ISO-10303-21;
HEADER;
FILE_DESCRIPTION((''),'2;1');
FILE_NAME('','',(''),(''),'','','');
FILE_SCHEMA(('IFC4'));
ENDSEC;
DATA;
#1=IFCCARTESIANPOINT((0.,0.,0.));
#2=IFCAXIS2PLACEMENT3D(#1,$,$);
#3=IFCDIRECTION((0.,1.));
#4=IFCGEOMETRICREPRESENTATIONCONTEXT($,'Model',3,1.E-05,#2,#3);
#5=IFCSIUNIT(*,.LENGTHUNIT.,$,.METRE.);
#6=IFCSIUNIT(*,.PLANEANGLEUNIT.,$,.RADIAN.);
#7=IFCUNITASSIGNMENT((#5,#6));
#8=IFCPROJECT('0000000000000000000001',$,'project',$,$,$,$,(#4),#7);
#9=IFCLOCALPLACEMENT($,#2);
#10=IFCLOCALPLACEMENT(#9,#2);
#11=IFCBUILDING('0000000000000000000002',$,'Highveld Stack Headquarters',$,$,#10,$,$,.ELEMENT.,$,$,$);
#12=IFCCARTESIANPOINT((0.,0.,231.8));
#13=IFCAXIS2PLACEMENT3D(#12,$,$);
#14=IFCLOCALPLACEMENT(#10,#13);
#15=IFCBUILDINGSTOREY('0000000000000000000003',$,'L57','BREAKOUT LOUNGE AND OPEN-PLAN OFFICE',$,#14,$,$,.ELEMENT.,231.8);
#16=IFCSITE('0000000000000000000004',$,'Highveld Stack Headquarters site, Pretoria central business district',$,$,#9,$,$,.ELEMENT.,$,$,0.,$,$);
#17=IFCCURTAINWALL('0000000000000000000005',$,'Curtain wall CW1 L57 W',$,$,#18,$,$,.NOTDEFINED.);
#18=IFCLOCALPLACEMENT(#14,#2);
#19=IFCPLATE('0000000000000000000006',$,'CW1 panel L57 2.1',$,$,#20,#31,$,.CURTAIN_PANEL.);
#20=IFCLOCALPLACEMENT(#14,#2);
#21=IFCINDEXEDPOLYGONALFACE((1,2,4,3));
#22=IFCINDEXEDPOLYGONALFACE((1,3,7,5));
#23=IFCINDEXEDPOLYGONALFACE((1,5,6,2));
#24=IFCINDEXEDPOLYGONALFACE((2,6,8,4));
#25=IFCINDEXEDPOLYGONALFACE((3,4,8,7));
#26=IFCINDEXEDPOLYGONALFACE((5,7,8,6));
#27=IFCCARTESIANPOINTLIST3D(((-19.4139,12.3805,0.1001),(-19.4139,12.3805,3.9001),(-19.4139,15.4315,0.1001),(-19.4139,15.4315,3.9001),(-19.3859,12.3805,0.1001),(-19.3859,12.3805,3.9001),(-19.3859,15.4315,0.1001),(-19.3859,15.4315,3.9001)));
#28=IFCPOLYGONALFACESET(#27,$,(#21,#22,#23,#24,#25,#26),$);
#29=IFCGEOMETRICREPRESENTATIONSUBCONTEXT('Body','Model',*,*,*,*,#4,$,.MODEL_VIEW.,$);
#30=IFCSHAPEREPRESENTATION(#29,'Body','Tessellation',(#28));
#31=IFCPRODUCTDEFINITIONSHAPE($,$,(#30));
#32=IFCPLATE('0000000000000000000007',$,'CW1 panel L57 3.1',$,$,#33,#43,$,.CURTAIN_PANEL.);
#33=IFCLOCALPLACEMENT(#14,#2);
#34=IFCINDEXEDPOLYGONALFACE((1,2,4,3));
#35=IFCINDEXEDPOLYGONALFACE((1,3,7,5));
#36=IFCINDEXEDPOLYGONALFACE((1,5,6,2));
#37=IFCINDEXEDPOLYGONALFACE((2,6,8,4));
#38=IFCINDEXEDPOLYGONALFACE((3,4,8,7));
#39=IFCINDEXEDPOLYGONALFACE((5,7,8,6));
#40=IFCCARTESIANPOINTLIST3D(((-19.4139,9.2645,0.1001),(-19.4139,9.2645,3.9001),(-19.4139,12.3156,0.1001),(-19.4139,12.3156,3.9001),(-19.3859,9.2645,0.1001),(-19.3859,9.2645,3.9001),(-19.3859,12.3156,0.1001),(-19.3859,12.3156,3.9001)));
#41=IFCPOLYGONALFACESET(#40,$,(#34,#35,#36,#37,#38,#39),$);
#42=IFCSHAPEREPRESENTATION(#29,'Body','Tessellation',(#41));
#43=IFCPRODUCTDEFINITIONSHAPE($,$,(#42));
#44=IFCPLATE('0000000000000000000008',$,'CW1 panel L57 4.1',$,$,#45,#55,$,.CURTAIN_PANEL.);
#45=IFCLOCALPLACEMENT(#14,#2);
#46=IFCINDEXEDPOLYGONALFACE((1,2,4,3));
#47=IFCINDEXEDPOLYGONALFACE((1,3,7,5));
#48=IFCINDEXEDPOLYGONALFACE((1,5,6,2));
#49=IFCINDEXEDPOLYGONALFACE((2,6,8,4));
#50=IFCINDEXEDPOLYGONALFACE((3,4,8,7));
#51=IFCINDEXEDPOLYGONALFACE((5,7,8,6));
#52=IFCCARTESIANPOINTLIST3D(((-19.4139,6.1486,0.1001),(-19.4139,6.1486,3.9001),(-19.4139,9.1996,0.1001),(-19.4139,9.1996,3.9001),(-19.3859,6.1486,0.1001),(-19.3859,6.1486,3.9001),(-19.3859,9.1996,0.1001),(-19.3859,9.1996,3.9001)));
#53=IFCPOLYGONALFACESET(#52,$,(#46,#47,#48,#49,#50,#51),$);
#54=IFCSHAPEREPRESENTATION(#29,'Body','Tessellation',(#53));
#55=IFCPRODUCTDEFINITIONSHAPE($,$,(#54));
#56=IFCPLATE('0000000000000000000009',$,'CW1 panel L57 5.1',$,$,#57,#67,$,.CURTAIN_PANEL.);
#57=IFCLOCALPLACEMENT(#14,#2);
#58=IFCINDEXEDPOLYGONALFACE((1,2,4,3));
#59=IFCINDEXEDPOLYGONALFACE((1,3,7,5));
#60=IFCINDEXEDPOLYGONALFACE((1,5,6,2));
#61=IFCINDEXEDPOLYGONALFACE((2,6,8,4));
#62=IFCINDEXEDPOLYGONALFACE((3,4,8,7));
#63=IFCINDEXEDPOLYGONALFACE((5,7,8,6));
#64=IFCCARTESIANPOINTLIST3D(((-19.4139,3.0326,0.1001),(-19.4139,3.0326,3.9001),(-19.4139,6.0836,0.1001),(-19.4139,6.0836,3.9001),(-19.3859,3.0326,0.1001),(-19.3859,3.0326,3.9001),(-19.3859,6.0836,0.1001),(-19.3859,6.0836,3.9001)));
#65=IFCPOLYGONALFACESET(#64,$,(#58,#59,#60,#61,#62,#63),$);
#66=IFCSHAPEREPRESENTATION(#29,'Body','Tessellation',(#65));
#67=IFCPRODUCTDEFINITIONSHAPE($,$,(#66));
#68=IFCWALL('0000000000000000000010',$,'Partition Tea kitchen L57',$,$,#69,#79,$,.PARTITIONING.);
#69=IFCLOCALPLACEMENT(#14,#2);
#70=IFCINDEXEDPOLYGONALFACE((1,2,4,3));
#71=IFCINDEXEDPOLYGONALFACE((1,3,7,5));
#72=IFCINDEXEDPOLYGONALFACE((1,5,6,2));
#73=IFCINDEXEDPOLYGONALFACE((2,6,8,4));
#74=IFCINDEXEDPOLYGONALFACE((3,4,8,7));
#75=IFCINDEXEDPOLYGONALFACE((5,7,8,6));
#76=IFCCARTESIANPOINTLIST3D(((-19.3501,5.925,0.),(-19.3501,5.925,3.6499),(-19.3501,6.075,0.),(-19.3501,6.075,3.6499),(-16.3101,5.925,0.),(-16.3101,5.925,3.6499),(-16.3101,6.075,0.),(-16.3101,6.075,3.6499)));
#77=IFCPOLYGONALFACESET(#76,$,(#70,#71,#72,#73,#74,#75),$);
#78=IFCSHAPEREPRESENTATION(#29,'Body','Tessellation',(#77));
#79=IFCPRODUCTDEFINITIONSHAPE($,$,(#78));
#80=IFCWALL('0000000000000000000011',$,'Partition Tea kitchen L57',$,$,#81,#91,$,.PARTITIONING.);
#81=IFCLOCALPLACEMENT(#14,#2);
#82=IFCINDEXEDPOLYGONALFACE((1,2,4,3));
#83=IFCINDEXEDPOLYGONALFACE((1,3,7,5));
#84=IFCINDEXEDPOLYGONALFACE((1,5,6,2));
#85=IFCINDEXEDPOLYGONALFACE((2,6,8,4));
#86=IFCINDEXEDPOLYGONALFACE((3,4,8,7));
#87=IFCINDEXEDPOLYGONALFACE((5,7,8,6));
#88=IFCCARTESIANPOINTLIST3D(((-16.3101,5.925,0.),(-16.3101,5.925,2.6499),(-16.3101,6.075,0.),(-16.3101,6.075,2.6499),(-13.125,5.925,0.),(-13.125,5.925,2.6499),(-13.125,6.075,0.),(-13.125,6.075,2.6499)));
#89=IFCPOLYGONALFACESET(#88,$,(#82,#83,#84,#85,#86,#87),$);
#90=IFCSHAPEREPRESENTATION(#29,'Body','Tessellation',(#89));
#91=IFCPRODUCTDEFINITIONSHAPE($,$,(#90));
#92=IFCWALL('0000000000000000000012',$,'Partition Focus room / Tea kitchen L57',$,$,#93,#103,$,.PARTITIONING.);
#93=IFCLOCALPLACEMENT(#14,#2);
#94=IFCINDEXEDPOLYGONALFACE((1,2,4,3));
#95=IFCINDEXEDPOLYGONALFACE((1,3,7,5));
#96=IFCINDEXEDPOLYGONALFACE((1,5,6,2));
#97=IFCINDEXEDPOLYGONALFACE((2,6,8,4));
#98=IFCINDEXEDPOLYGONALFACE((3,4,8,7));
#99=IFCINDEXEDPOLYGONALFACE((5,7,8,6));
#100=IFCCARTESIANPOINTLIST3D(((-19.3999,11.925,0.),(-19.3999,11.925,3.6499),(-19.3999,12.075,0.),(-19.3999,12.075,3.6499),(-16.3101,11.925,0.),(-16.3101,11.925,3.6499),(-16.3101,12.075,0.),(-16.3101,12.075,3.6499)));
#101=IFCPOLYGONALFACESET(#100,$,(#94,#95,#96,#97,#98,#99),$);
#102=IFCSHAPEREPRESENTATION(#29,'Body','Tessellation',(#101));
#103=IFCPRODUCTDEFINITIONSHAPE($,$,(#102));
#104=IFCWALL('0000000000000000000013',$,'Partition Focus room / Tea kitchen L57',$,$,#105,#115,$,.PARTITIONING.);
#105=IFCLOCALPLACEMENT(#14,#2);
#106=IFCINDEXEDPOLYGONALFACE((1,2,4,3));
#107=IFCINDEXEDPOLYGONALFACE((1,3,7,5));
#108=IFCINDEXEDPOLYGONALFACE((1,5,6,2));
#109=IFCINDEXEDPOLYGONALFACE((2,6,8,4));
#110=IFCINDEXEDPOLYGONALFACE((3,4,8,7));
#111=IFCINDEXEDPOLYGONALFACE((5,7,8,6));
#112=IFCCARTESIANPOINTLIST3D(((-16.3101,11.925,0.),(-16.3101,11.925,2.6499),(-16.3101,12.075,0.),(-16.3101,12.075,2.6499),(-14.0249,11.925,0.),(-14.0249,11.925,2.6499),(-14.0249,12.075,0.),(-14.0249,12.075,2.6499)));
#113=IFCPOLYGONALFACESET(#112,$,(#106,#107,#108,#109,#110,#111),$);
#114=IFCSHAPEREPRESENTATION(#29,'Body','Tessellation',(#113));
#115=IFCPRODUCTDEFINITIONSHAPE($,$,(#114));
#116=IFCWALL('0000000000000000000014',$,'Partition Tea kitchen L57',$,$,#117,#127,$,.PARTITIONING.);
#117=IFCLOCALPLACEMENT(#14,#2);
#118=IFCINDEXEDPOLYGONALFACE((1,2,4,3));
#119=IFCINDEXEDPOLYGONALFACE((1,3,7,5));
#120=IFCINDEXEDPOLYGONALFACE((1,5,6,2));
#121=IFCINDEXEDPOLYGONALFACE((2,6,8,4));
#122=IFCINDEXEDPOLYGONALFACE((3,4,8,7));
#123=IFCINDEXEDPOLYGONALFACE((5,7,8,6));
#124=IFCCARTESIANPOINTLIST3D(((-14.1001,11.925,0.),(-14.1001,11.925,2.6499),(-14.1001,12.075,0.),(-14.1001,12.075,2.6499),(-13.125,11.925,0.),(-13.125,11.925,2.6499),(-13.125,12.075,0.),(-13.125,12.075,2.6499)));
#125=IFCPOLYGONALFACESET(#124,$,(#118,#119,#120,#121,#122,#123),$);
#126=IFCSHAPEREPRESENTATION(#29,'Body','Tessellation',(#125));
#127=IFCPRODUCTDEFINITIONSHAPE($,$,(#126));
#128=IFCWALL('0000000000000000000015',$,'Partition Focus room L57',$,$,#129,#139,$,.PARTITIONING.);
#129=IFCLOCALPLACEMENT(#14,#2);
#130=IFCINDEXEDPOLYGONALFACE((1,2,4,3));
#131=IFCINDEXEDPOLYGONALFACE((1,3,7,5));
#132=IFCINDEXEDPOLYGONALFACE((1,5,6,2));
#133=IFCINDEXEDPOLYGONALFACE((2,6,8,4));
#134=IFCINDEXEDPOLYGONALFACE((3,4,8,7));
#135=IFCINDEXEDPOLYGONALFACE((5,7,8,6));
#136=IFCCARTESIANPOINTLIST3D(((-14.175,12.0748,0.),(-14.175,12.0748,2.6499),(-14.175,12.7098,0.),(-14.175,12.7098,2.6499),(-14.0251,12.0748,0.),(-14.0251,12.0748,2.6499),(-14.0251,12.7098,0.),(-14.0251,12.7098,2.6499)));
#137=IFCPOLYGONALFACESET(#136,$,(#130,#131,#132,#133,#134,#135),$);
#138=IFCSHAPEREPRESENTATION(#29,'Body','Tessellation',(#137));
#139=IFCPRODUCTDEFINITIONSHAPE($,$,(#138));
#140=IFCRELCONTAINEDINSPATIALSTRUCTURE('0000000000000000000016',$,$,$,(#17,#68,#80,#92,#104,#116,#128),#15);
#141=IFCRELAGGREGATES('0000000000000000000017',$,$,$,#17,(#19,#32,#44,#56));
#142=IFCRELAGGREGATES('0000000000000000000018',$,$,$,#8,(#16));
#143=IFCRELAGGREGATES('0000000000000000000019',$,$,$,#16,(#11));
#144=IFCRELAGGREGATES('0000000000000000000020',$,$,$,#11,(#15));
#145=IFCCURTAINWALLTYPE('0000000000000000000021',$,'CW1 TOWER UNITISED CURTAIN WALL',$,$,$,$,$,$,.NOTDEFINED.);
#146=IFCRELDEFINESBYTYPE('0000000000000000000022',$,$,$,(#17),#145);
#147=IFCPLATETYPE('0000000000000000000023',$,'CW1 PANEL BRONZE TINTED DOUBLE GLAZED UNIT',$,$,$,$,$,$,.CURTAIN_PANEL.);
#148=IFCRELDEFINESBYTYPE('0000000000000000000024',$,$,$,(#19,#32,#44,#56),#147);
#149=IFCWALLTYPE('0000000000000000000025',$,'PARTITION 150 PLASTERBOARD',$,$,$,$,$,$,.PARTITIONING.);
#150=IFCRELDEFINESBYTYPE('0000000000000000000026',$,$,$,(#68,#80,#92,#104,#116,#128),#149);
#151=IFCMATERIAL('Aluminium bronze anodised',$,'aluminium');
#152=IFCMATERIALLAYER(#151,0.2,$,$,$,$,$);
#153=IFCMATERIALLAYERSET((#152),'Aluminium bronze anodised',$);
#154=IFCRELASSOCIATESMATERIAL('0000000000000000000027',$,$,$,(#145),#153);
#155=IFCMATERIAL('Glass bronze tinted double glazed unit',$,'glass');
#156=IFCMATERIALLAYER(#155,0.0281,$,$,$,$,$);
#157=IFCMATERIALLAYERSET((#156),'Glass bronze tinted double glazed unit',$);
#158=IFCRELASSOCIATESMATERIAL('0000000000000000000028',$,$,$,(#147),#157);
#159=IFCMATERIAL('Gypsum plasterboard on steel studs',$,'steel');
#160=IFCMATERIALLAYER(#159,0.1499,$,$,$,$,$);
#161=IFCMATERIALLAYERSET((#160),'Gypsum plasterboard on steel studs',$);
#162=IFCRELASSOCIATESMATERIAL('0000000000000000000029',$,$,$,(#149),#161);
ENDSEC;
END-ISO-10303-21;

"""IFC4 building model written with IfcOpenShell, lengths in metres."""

from ifc_helpers import new_model, si_unit, direction, frame, frame_2d, origin, origin_2d, place, context, subcontext, project, spatial, rectangle, extrude, material, layer, layer_set, type_object, element, aggregate, save


model = new_model("IFC4")

# Units and contexts
model_context = context("Model", 3, precision=1e-05, world=origin(), true_north=direction((0.0, 1.0)))
body_context = subcontext(model_context, "Body", "Model", "MODEL_VIEW")
ifc_project = project(units=[si_unit("LENGTHUNIT", "METRE"), si_unit("PLANEANGLEUNIT", "RADIAN")], contexts=[model_context])

# Site, building, storey
site_placement = place(None, origin())
site = spatial("IfcSite", under=ifc_project, at=site_placement, Name="Highveld Stack Headquarters site, Pretoria central business district", CompositionType="ELEMENT", RefElevation=0.0)
building_placement = place(site_placement, origin())
building = spatial("IfcBuilding", under=site, at=building_placement, Name="Highveld Stack Headquarters", CompositionType="ELEMENT")
storey_placement = place(building_placement, frame((0.0, 0.0, 231.8)))
storey = spatial("IfcBuildingStorey", under=building, at=storey_placement, Name="L57", Description="BREAKOUT LOUNGE AND OPEN-PLAN OFFICE", CompositionType="ELEMENT", Elevation=231.8)

# Curtain wall
ifc_material_1 = material(Name="Aluminium bronze anodised", Category="aluminium")
ifc_layer_1 = layer(ifc_material_1, 0.2)
ifc_layer_set_1 = layer_set([ifc_layer_1], Name="Aluminium bronze anodised")
curtain_wall_type = type_object("IfcCurtainWallType", Name="CW1 TOWER UNITISED CURTAIN WALL", PredefinedType="NOTDEFINED", material=ifc_layer_set_1)
curtain_wall_placement = place(storey_placement, origin())
curtain_wall = element("IfcCurtainWall", 1, at=curtain_wall_placement, inside=storey, type_object=curtain_wall_type, Name="Curtain wall CW1 L57 W", PredefinedType="NOTDEFINED")

# Plates
ifc_material_2 = material(Name="Glass bronze tinted double glazed unit", Category="glass")
ifc_layer_2 = layer(ifc_material_2, 0.0281)
ifc_layer_set_2 = layer_set([ifc_layer_2], Name="Glass bronze tinted double glazed unit")
plate_type = type_object("IfcPlateType", Name="CW1 PANEL BRONZE TINTED DOUBLE GLAZED UNIT", PredefinedType="CURTAIN_PANEL", material=ifc_layer_set_2)
plate_1_placement = place(storey_placement, frame((-19.3999, 13.906, 0.1001), z_axis=(0.0, 0.0, 1.0), x_axis=(0.0, -1.0, 0.0)))
plate_1 = element("IfcPlate", 2, at=plate_1_placement, type_object=plate_type, Name="CW1 panel L57 2.1", PredefinedType="CURTAIN_PANEL", context=body_context, shape_type="SweptSolid", body=[
    extrude(rectangle(XDim=3.051, YDim=0.0281, at=origin_2d()), origin(), (0.0, 0.0, 1.0), 3.8),
])
plate_2_placement = place(storey_placement, frame((-19.3999, 10.79, 0.1001), z_axis=(0.0, 0.0, 1.0), x_axis=(0.0, -1.0, 0.0)))
plate_2 = element("IfcPlate", 3, at=plate_2_placement, type_object=plate_type, Name="CW1 panel L57 3.1", PredefinedType="CURTAIN_PANEL", context=body_context, shape_type="SweptSolid", body=[
    extrude(rectangle(XDim=3.051, YDim=0.0281, at=origin_2d()), origin(), (0.0, 0.0, 1.0), 3.8),
])
plate_3_placement = place(storey_placement, frame((-19.3999, 7.6741, 0.1001), z_axis=(0.0, 0.0, 1.0), x_axis=(0.0, -1.0, 0.0)))
plate_3 = element("IfcPlate", 4, at=plate_3_placement, type_object=plate_type, Name="CW1 panel L57 4.1", PredefinedType="CURTAIN_PANEL", context=body_context, shape_type="SweptSolid", body=[
    extrude(rectangle(XDim=3.051, YDim=0.0281, at=origin_2d()), origin(), (0.0, 0.0, 1.0), 3.8),
])
plate_4_placement = place(storey_placement, frame((-19.3999, 4.5581, 0.1001), z_axis=(0.0, 0.0, 1.0), x_axis=(0.0, -1.0, 0.0)))
plate_4 = element("IfcPlate", 5, at=plate_4_placement, type_object=plate_type, Name="CW1 panel L57 5.1", PredefinedType="CURTAIN_PANEL", context=body_context, shape_type="SweptSolid", body=[
    extrude(rectangle(XDim=3.051, YDim=0.0281, at=origin_2d()), origin(), (0.0, 0.0, 1.0), 3.8),
])
aggregate(curtain_wall, [plate_1, plate_2, plate_3, plate_4])

# Walls
ifc_material_3 = material(Name="Gypsum plasterboard on steel studs", Category="steel")
ifc_layer_3 = layer(ifc_material_3, 0.1499)
ifc_layer_set_3 = layer_set([ifc_layer_3], Name="Gypsum plasterboard on steel studs")
wall_type = type_object("IfcWallType", Name="PARTITION 150 PLASTERBOARD", PredefinedType="PARTITIONING", material=ifc_layer_set_3)
wall_1_placement = place(storey_placement, frame((-19.3501, 6.0, 0.0), z_axis=(0.0, 0.0, 1.0), x_axis=(1.0, 0.0, 0.0)))
element("IfcWall", 6, at=wall_1_placement, inside=storey, type_object=wall_type, Name="Partition Tea kitchen L57", PredefinedType="PARTITIONING", context=body_context, shape_type="SweptSolid", body=[
    extrude(rectangle(XDim=3.04, YDim=0.1499, at=frame_2d((1.52, 0.0))), origin(), (0.0, 0.0, 1.0), 3.6499),
])
wall_2_placement = place(storey_placement, frame((-16.3101, 6.0, 0.0), z_axis=(0.0, 0.0, 1.0), x_axis=(1.0, 0.0, 0.0)))
element("IfcWall", 7, at=wall_2_placement, inside=storey, type_object=wall_type, Name="Partition Tea kitchen L57", PredefinedType="PARTITIONING", context=body_context, shape_type="SweptSolid", body=[
    extrude(rectangle(XDim=3.1851, YDim=0.1499, at=frame_2d((1.5925, 0.0))), origin(), (0.0, 0.0, 1.0), 2.6499),
])
wall_3_placement = place(storey_placement, frame((-19.3999, 12.0, 0.0), z_axis=(0.0, 0.0, 1.0), x_axis=(1.0, 0.0, 0.0)))
element("IfcWall", 8, at=wall_3_placement, inside=storey, type_object=wall_type, Name="Partition Focus room / Tea kitchen L57", PredefinedType="PARTITIONING", context=body_context, shape_type="SweptSolid", body=[
    extrude(rectangle(XDim=3.0898, YDim=0.1499, at=frame_2d((1.5449, 0.0))), origin(), (0.0, 0.0, 1.0), 3.6499),
])
wall_4_placement = place(storey_placement, frame((-16.3101, 12.0, 0.0), z_axis=(0.0, 0.0, 1.0), x_axis=(1.0, 0.0, 0.0)))
element("IfcWall", 9, at=wall_4_placement, inside=storey, type_object=wall_type, Name="Partition Focus room / Tea kitchen L57", PredefinedType="PARTITIONING", context=body_context, shape_type="SweptSolid", body=[
    extrude(rectangle(XDim=2.2852, YDim=0.1499, at=frame_2d((1.1426, 0.0))), origin(), (0.0, 0.0, 1.0), 2.6499),
])
wall_5_placement = place(storey_placement, frame((-14.1001, 12.0, 0.0), z_axis=(0.0, 0.0, 1.0), x_axis=(1.0, 0.0, 0.0)))
element("IfcWall", 10, at=wall_5_placement, inside=storey, type_object=wall_type, Name="Partition Tea kitchen L57", PredefinedType="PARTITIONING", context=body_context, shape_type="SweptSolid", body=[
    extrude(rectangle(XDim=0.9751, YDim=0.1499, at=frame_2d((0.4875, 0.0))), origin(), (0.0, 0.0, 1.0), 2.6499),
])
wall_6_placement = place(storey_placement, frame((-14.1001, 12.075, 0.0), z_axis=(0.0, 0.0, 1.0), x_axis=(0.0, 1.0, 0.0)))
element("IfcWall", 11, at=wall_6_placement, inside=storey, type_object=wall_type, Name="Partition Focus room L57", PredefinedType="PARTITIONING", context=body_context, shape_type="SweptSolid", body=[
    extrude(rectangle(XDim=0.635, YDim=0.1499, at=frame_2d((0.3174, 0.0))), origin(), (0.0, 0.0, 1.0), 2.6499),
])

save(model, "model.ifc")
